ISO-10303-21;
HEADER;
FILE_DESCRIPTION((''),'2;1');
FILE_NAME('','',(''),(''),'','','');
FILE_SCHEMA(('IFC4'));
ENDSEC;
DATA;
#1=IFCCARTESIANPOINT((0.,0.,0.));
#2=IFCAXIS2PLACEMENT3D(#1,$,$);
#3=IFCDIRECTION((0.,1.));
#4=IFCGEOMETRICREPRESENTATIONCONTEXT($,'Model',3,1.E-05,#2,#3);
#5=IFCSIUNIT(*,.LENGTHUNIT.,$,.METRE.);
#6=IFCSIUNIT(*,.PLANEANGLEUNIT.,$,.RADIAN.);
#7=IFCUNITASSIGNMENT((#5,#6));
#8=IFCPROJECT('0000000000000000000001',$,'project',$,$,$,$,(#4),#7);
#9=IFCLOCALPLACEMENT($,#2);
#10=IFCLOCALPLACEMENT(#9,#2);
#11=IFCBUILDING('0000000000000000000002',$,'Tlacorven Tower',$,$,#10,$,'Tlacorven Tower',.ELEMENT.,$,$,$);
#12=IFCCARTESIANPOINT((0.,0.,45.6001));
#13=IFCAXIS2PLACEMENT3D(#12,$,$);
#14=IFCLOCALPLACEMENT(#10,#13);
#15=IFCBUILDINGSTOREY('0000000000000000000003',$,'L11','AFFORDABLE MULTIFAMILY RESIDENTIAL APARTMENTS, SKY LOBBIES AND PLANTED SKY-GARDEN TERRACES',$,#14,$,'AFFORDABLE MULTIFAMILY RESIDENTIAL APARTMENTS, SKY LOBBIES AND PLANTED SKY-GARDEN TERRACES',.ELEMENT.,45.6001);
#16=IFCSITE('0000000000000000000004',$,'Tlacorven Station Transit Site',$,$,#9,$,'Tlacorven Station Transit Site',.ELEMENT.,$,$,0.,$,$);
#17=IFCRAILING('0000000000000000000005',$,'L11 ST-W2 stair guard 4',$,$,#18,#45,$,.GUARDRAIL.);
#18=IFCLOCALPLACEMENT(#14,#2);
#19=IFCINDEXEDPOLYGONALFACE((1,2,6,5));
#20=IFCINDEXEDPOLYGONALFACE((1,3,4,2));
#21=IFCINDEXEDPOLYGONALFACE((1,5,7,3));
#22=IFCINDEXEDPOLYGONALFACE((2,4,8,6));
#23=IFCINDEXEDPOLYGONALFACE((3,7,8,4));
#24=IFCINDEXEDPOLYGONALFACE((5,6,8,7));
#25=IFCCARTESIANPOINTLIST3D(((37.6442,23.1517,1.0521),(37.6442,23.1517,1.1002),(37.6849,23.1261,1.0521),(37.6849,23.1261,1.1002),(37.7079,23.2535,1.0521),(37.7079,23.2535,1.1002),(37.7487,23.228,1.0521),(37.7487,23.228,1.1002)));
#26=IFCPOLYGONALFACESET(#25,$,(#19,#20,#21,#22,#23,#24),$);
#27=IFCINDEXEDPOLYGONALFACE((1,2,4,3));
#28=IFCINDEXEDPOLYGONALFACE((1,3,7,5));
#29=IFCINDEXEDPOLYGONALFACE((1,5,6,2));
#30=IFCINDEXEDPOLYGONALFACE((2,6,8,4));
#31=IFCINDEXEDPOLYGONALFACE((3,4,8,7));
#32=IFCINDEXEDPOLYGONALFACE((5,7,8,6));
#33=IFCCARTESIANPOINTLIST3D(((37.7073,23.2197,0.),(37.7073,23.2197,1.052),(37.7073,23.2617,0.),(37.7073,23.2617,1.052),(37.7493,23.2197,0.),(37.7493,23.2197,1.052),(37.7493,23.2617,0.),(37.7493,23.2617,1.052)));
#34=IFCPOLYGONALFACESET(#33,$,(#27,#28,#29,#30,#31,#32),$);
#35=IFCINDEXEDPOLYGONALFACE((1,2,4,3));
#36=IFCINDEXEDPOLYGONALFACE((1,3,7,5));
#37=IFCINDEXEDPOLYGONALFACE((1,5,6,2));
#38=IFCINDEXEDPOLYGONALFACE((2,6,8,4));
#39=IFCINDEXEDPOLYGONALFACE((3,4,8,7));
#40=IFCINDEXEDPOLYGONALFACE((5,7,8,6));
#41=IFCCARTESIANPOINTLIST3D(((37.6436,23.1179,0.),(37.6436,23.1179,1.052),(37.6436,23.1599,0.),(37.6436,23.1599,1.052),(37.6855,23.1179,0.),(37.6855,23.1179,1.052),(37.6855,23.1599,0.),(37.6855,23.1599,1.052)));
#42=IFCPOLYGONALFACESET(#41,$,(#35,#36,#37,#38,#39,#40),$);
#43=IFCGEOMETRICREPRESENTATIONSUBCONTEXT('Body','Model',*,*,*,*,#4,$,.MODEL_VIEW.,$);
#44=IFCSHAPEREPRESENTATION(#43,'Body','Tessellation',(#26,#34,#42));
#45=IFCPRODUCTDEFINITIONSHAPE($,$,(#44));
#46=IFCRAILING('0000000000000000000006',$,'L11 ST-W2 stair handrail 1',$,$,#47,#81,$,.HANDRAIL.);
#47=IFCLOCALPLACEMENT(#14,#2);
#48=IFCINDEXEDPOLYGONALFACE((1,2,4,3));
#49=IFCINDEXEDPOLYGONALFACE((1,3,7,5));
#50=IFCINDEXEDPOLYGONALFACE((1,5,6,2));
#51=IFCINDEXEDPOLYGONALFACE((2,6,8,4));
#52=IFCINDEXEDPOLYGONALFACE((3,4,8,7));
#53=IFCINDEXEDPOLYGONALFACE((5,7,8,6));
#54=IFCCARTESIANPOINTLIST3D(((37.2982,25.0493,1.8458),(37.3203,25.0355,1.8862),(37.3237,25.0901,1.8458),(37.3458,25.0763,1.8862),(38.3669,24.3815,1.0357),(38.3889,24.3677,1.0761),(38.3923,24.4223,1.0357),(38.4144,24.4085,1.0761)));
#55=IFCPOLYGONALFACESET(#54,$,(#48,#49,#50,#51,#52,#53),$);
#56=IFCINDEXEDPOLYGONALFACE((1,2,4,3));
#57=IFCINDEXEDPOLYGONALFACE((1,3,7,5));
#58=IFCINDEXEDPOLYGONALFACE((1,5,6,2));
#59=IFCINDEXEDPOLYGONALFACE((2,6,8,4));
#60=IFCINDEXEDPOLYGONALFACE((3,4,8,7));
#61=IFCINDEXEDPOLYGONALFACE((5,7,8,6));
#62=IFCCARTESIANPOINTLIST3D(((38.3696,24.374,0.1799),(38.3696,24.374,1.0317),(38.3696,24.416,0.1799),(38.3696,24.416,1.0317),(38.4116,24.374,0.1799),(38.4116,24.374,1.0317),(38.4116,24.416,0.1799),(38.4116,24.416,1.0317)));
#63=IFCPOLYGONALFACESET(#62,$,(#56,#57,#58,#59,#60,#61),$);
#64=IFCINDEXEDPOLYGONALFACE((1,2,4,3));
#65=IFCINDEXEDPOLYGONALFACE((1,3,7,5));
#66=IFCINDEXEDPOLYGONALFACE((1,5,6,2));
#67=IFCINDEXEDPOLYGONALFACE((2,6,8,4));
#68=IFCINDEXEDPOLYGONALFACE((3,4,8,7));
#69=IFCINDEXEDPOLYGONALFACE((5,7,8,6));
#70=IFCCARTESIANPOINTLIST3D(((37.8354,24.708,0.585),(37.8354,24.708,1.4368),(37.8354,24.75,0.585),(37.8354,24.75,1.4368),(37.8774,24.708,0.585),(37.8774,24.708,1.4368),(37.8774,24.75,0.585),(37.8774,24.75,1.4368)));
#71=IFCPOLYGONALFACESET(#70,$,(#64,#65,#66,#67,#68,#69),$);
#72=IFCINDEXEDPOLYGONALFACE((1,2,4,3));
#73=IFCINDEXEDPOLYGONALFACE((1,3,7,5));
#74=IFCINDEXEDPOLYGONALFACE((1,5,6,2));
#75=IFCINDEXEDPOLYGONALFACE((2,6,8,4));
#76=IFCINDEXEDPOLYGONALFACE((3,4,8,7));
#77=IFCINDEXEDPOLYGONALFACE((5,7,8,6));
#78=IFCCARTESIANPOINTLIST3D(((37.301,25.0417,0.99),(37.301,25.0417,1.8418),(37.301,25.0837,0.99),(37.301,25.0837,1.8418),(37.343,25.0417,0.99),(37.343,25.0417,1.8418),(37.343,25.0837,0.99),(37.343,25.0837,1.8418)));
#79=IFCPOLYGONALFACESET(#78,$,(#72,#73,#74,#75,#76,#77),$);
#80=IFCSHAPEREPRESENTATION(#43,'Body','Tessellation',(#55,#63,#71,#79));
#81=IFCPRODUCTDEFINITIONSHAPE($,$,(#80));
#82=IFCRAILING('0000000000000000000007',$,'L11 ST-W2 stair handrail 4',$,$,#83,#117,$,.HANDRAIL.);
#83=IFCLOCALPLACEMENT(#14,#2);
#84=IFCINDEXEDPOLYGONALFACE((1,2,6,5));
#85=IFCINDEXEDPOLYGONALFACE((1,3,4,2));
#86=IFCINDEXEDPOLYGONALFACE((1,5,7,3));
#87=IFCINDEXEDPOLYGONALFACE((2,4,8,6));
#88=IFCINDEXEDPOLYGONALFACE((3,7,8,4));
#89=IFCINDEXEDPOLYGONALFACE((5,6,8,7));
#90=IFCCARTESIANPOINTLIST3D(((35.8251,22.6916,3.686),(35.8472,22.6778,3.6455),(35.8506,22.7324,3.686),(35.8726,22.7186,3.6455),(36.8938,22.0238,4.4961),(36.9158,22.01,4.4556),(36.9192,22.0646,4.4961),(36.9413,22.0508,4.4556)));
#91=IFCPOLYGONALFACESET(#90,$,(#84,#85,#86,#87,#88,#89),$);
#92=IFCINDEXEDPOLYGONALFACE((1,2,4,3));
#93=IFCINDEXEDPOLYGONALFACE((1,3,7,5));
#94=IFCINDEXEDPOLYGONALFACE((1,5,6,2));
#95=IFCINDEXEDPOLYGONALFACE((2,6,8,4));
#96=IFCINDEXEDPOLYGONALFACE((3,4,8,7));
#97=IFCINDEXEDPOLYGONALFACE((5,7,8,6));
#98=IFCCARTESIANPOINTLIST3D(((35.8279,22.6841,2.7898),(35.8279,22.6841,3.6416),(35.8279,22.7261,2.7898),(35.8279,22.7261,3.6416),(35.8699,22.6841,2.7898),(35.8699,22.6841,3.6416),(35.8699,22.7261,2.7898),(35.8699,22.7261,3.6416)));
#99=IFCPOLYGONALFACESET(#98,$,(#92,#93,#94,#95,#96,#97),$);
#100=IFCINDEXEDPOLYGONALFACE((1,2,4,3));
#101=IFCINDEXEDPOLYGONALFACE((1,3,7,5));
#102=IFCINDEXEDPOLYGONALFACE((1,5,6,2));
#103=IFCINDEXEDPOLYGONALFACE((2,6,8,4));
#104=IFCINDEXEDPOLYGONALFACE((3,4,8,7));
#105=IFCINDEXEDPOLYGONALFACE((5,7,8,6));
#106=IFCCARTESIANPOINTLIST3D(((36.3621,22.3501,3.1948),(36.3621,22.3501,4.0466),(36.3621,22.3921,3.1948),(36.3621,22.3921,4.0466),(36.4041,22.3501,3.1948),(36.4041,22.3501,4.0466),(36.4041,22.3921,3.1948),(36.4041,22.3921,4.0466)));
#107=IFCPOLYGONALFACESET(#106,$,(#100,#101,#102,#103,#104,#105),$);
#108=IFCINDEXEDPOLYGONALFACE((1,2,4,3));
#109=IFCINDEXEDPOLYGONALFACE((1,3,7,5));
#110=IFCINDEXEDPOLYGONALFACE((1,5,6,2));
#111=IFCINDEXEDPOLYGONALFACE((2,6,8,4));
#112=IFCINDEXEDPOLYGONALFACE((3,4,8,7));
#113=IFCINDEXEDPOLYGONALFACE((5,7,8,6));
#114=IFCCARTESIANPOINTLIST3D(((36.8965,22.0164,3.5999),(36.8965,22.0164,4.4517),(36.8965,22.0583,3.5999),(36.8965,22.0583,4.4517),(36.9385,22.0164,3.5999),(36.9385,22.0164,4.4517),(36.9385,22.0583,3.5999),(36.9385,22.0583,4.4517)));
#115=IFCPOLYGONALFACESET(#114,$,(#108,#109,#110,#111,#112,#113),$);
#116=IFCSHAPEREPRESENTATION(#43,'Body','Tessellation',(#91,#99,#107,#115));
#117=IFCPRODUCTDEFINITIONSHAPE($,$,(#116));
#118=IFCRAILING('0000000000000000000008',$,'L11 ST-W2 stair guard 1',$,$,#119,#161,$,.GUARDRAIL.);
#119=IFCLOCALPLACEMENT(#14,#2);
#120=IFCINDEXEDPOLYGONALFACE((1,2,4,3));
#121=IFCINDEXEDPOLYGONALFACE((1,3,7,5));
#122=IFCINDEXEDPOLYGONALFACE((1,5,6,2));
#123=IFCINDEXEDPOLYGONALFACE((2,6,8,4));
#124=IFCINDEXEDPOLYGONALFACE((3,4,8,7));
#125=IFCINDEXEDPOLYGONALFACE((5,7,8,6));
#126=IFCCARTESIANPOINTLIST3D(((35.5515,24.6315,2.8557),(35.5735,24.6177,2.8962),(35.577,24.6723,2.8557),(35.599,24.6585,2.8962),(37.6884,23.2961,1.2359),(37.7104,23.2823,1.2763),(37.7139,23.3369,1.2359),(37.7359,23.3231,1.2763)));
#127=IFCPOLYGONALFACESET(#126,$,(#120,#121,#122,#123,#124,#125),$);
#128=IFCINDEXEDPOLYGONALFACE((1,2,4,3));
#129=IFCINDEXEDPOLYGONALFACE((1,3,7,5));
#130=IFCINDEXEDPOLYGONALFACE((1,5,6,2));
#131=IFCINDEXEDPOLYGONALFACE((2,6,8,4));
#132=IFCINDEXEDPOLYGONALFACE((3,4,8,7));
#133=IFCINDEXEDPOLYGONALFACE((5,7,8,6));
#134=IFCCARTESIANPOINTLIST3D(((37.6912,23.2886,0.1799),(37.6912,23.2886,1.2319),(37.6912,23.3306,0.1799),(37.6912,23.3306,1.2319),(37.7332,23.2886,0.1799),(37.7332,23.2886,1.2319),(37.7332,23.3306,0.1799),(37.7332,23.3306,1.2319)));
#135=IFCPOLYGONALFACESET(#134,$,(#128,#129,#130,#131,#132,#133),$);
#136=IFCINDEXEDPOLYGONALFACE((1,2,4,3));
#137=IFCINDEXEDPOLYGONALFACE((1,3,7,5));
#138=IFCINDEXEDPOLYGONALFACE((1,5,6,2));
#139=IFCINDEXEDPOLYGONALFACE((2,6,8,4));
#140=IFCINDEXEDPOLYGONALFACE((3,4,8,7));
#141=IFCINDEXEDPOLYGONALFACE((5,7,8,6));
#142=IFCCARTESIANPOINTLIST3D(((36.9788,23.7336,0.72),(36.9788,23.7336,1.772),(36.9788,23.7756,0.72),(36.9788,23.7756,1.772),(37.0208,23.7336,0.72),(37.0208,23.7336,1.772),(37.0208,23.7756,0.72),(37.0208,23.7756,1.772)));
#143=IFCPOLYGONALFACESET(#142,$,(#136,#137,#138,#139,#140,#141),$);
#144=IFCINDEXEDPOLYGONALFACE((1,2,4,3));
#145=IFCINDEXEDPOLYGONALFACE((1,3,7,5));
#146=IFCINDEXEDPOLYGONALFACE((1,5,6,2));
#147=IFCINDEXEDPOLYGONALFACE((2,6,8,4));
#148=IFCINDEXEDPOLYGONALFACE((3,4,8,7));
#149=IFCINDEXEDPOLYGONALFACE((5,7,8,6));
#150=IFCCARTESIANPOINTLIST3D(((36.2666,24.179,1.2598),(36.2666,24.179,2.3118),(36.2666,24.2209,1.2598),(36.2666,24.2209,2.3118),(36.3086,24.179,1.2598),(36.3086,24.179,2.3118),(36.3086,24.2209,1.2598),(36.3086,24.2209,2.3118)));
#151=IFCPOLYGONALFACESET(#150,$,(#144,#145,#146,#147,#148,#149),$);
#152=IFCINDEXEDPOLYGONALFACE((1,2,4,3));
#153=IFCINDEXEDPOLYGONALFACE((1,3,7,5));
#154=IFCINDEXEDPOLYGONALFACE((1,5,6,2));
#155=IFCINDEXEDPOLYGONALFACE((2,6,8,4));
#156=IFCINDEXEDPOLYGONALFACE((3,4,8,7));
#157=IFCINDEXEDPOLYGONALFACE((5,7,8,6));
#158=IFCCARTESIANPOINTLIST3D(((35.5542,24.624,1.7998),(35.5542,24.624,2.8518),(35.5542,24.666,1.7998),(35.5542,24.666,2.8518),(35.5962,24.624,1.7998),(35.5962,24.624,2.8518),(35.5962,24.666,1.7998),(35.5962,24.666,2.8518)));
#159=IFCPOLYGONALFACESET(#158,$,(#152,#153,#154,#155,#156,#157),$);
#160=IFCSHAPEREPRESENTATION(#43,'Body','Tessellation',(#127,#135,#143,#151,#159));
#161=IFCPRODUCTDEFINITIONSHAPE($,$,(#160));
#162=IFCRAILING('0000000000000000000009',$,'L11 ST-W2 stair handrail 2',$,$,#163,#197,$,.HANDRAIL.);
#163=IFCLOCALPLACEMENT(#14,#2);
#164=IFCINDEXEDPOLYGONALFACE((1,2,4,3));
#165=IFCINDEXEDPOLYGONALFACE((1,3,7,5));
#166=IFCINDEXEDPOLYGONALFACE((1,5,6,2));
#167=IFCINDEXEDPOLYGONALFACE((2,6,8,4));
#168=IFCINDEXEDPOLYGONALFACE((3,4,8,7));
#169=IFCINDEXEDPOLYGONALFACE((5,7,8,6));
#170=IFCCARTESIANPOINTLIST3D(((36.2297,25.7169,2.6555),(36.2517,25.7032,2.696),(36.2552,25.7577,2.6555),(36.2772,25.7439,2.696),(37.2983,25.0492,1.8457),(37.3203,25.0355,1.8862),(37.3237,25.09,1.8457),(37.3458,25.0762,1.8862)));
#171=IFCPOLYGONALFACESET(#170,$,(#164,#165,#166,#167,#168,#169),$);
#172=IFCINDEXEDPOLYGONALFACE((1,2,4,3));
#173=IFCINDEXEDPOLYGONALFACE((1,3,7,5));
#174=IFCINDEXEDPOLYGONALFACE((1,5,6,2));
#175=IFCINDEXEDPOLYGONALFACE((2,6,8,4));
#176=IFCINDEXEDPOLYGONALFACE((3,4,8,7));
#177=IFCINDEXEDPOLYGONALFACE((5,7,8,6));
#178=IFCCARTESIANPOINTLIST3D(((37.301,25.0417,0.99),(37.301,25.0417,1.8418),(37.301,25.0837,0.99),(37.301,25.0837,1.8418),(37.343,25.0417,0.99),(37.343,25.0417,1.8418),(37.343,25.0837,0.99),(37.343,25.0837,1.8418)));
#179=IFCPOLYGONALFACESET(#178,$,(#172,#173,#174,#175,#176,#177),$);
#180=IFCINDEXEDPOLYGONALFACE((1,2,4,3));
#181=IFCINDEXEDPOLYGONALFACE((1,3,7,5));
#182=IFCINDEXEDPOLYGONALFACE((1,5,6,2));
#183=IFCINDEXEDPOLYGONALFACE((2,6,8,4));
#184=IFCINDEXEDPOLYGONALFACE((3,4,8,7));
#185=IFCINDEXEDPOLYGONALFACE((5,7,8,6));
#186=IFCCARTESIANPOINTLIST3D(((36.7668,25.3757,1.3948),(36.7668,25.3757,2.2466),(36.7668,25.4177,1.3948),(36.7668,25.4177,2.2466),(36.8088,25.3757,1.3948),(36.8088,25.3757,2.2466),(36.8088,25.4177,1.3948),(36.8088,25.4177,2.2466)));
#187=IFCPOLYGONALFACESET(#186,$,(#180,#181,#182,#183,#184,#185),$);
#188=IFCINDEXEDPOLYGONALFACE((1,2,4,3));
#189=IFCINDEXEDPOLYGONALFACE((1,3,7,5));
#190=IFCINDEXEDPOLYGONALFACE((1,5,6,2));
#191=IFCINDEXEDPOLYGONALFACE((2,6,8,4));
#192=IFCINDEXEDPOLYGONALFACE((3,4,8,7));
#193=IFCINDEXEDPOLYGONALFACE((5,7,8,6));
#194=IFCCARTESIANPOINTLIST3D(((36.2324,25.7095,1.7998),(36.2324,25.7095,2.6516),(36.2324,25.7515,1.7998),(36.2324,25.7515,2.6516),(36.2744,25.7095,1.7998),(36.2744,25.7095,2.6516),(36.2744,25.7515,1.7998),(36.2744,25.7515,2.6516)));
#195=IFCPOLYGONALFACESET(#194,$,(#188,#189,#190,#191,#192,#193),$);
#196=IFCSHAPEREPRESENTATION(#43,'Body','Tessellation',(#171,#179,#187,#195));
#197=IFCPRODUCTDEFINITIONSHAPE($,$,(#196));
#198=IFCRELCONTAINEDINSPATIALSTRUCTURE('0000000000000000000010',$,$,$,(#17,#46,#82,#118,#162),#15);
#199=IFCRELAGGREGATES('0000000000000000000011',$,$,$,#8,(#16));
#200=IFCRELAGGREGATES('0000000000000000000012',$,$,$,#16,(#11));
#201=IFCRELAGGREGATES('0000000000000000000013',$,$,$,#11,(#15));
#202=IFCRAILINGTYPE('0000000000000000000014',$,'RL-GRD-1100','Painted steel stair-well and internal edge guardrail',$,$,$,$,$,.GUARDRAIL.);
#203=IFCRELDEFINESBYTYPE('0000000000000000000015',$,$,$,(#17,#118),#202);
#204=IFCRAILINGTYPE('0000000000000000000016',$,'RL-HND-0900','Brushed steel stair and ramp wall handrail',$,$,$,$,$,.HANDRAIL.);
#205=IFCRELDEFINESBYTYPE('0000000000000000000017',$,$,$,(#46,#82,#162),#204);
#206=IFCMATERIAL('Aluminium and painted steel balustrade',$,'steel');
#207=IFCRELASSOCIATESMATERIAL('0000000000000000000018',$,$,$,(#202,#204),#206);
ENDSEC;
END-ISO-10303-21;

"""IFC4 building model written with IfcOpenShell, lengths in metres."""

from ifc_helpers import new_model, si_unit, direction, frame, origin, origin_2d, place, context, subcontext, project, spatial, rectangle, extrude, source, transform, mapped, material, type_object, element, save


model = new_model("IFC4")

# Units and contexts
model_context = context("Model", 3, precision=1e-05, world=origin(), true_north=direction((0.0, 1.0)))
body_context = subcontext(model_context, "Body", "Model", "MODEL_VIEW")
ifc_project = project(units=[si_unit("LENGTHUNIT", "METRE"), si_unit("PLANEANGLEUNIT", "RADIAN")], contexts=[model_context])

# Site, building, storey
site_placement = place(None, origin())
site = spatial("IfcSite", under=ifc_project, at=site_placement, Name="Tlacorven Station Transit Site", LongName="Tlacorven Station Transit Site", CompositionType="ELEMENT", RefElevation=0.0)
building_placement = place(site_placement, origin())
building = spatial("IfcBuilding", under=site, at=building_placement, Name="Tlacorven Tower", LongName="Tlacorven Tower", CompositionType="ELEMENT")
storey_placement = place(building_placement, frame((0.0, 0.0, 45.6001)))
storey = spatial("IfcBuildingStorey", under=building, at=storey_placement, Name="L11", Description="AFFORDABLE MULTIFAMILY RESIDENTIAL APARTMENTS, SKY LOBBIES AND PLANTED SKY-GARDEN TERRACES", LongName="AFFORDABLE MULTIFAMILY RESIDENTIAL APARTMENTS, SKY LOBBIES AND PLANTED SKY-GARDEN TERRACES", CompositionType="ELEMENT", Elevation=45.6001)

# Railings
ifc_material_1 = material(Name="Aluminium and painted steel balustrade", Category="steel")
railing_type_1 = type_object("IfcRailingType", Name="RL-GRD-1100", Description="Painted steel stair-well and internal edge guardrail", PredefinedType="GUARDRAIL", material=ifc_material_1)
shared_shape_1 = source(origin(), body_context, "Body", "SweptSolid", [
    extrude(rectangle(XDim=0.0481, YDim=0.0481, at=origin_2d()), frame((0.0, 0.0, 1.0762), z_axis=(-0.530547, -0.847656, 0.0), x_axis=(0.847656, -0.530547, 0.0)), (0.0, 0.0, 1.0), 0.1201),
    extrude(rectangle(XDim=0.042, YDim=0.042, at=origin_2d()), origin(), (0.0, 0.0, 1.0), 1.052),
    extrude(rectangle(XDim=0.042, YDim=0.042, at=origin_2d()), frame((-0.0637, -0.1018, 0.0)), (0.0, 0.0, 1.0), 1.052),
])
railing_1_placement = place(storey_placement, frame((37.7283, 23.2407, 0.0)))
element("IfcRailing", 1, at=railing_1_placement, inside=storey, type_object=railing_type_1, Name="L11 ST-W2 stair guard 4", PredefinedType="GUARDRAIL", context=body_context, shape_type="MappedRepresentation", body=[
    mapped(shared_shape_1, transform((0.0, 0.0, 0.0), scale=1.0)),
])
railing_type_2 = type_object("IfcRailingType", Name="RL-HND-0900", Description="Brushed steel stair and ramp wall handrail", PredefinedType="HANDRAIL", material=ifc_material_1)
shared_shape_2 = source(origin(), body_context, "Body", "SweptSolid", [
    extrude(rectangle(XDim=0.0481, YDim=0.0481, at=origin_2d()), frame((0.0, 0.0, 0.876), z_axis=(-0.71336, 0.445748, 0.540765), x_axis=(-0.529912, -0.848053, 0.0)), (0.0, 0.0, 1.0), 1.498),
    extrude(rectangle(XDim=0.042, YDim=0.042, at=origin_2d()), origin(), (0.0, 0.0, 1.0), 0.8518),
    extrude(rectangle(XDim=0.042, YDim=0.042, at=origin_2d()), frame((-0.5342, 0.334, 0.405)), (0.0, 0.0, 1.0), 0.8518),
    extrude(rectangle(XDim=0.042, YDim=0.042, at=origin_2d()), frame((-1.0686, 0.6677, 0.8101)), (0.0, 0.0, 1.0), 0.8518),
])
railing_2_placement = place(storey_placement, frame((38.3906, 24.395, 0.1799)))
element("IfcRailing", 2, at=railing_2_placement, inside=storey, type_object=railing_type_2, Name="L11 ST-W2 stair handrail 1", PredefinedType="HANDRAIL", context=body_context, shape_type="MappedRepresentation", body=[
    mapped(shared_shape_2, transform((0.0, 0.0, 0.0), scale=1.0)),
])
shared_shape_3 = source(origin(), body_context, "Body", "SweptSolid", [
    extrude(rectangle(XDim=0.0481, YDim=0.0481, at=origin_2d()), frame((0.0, 0.0, 0.876), z_axis=(0.71336, -0.445748, 0.540765), x_axis=(0.529912, 0.848053, 0.0)), (0.0, 0.0, 1.0), 1.498),
    extrude(rectangle(XDim=0.042, YDim=0.042, at=origin_2d()), origin(), (0.0, 0.0, 1.0), 0.8518),
    extrude(rectangle(XDim=0.042, YDim=0.042, at=origin_2d()), frame((0.5342, -0.334, 0.405)), (0.0, 0.0, 1.0), 0.8518),
    extrude(rectangle(XDim=0.042, YDim=0.042, at=origin_2d()), frame((1.0686, -0.6677, 0.8101)), (0.0, 0.0, 1.0), 0.8518),
])
railing_3_placement = place(storey_placement, frame((35.8489, 22.7051, 2.7898)))
element("IfcRailing", 3, at=railing_3_placement, inside=storey, type_object=railing_type_2, Name="L11 ST-W2 stair handrail 4", PredefinedType="HANDRAIL", context=body_context, shape_type="MappedRepresentation", body=[
    mapped(shared_shape_3, transform((0.0, 0.0, 0.0), scale=1.0)),
])
shared_shape_4 = source(origin(), body_context, "Body", "SweptSolid", [
    extrude(rectangle(XDim=0.0481, YDim=0.0481, at=origin_2d()), frame((0.0, 0.0, 1.0762), z_axis=(-0.713351, 0.445794, 0.540739), x_axis=(-0.529955, -0.848026, 0.0)), (0.0, 0.0, 1.0), 2.9956),
    extrude(rectangle(XDim=0.042, YDim=0.042, at=origin_2d()), origin(), (0.0, 0.0, 1.0), 1.052),
    extrude(rectangle(XDim=0.042, YDim=0.042, at=origin_2d()), frame((-0.7124, 0.4451, 0.54)), (0.0, 0.0, 1.0), 1.052),
    extrude(rectangle(XDim=0.042, YDim=0.042, at=origin_2d()), frame((-1.4246, 0.8904, 1.0798)), (0.0, 0.0, 1.0), 1.052),
    extrude(rectangle(XDim=0.042, YDim=0.042, at=origin_2d()), frame((-2.137, 1.3354, 1.6199)), (0.0, 0.0, 1.0), 1.052),
])
railing_4_placement = place(storey_placement, frame((37.7122, 23.3096, 0.1799)))
element("IfcRailing", 4, at=railing_4_placement, inside=storey, type_object=railing_type_1, Name="L11 ST-W2 stair guard 1", PredefinedType="GUARDRAIL", context=body_context, shape_type="MappedRepresentation", body=[
    mapped(shared_shape_4, transform((0.0, 0.0, 0.0), scale=1.0)),
])
shared_shape_5 = source(origin(), body_context, "Body", "SweptSolid", [
    extrude(rectangle(XDim=0.0481, YDim=0.0481, at=origin_2d()), frame((0.0, 0.0, 0.876), z_axis=(-0.713423, 0.445787, 0.540649), x_axis=(-0.529912, -0.848053, 0.0)), (0.0, 0.0, 1.0), 1.4978),
    extrude(rectangle(XDim=0.042, YDim=0.042, at=origin_2d()), origin(), (0.0, 0.0, 1.0), 0.8518),
    extrude(rectangle(XDim=0.042, YDim=0.042, at=origin_2d()), frame((-0.5342, 0.334, 0.4048)), (0.0, 0.0, 1.0), 0.8518),
    extrude(rectangle(XDim=0.042, YDim=0.042, at=origin_2d()), frame((-1.0686, 0.6677, 0.8098)), (0.0, 0.0, 1.0), 0.8518),
])
railing_5_placement = place(storey_placement, frame((37.322, 25.0627, 0.99)))
element("IfcRailing", 5, at=railing_5_placement, inside=storey, type_object=railing_type_2, Name="L11 ST-W2 stair handrail 2", PredefinedType="HANDRAIL", context=body_context, shape_type="MappedRepresentation", body=[
    mapped(shared_shape_5, transform((0.0, 0.0, 0.0), scale=1.0)),
])

save(model, "model.ifc")
